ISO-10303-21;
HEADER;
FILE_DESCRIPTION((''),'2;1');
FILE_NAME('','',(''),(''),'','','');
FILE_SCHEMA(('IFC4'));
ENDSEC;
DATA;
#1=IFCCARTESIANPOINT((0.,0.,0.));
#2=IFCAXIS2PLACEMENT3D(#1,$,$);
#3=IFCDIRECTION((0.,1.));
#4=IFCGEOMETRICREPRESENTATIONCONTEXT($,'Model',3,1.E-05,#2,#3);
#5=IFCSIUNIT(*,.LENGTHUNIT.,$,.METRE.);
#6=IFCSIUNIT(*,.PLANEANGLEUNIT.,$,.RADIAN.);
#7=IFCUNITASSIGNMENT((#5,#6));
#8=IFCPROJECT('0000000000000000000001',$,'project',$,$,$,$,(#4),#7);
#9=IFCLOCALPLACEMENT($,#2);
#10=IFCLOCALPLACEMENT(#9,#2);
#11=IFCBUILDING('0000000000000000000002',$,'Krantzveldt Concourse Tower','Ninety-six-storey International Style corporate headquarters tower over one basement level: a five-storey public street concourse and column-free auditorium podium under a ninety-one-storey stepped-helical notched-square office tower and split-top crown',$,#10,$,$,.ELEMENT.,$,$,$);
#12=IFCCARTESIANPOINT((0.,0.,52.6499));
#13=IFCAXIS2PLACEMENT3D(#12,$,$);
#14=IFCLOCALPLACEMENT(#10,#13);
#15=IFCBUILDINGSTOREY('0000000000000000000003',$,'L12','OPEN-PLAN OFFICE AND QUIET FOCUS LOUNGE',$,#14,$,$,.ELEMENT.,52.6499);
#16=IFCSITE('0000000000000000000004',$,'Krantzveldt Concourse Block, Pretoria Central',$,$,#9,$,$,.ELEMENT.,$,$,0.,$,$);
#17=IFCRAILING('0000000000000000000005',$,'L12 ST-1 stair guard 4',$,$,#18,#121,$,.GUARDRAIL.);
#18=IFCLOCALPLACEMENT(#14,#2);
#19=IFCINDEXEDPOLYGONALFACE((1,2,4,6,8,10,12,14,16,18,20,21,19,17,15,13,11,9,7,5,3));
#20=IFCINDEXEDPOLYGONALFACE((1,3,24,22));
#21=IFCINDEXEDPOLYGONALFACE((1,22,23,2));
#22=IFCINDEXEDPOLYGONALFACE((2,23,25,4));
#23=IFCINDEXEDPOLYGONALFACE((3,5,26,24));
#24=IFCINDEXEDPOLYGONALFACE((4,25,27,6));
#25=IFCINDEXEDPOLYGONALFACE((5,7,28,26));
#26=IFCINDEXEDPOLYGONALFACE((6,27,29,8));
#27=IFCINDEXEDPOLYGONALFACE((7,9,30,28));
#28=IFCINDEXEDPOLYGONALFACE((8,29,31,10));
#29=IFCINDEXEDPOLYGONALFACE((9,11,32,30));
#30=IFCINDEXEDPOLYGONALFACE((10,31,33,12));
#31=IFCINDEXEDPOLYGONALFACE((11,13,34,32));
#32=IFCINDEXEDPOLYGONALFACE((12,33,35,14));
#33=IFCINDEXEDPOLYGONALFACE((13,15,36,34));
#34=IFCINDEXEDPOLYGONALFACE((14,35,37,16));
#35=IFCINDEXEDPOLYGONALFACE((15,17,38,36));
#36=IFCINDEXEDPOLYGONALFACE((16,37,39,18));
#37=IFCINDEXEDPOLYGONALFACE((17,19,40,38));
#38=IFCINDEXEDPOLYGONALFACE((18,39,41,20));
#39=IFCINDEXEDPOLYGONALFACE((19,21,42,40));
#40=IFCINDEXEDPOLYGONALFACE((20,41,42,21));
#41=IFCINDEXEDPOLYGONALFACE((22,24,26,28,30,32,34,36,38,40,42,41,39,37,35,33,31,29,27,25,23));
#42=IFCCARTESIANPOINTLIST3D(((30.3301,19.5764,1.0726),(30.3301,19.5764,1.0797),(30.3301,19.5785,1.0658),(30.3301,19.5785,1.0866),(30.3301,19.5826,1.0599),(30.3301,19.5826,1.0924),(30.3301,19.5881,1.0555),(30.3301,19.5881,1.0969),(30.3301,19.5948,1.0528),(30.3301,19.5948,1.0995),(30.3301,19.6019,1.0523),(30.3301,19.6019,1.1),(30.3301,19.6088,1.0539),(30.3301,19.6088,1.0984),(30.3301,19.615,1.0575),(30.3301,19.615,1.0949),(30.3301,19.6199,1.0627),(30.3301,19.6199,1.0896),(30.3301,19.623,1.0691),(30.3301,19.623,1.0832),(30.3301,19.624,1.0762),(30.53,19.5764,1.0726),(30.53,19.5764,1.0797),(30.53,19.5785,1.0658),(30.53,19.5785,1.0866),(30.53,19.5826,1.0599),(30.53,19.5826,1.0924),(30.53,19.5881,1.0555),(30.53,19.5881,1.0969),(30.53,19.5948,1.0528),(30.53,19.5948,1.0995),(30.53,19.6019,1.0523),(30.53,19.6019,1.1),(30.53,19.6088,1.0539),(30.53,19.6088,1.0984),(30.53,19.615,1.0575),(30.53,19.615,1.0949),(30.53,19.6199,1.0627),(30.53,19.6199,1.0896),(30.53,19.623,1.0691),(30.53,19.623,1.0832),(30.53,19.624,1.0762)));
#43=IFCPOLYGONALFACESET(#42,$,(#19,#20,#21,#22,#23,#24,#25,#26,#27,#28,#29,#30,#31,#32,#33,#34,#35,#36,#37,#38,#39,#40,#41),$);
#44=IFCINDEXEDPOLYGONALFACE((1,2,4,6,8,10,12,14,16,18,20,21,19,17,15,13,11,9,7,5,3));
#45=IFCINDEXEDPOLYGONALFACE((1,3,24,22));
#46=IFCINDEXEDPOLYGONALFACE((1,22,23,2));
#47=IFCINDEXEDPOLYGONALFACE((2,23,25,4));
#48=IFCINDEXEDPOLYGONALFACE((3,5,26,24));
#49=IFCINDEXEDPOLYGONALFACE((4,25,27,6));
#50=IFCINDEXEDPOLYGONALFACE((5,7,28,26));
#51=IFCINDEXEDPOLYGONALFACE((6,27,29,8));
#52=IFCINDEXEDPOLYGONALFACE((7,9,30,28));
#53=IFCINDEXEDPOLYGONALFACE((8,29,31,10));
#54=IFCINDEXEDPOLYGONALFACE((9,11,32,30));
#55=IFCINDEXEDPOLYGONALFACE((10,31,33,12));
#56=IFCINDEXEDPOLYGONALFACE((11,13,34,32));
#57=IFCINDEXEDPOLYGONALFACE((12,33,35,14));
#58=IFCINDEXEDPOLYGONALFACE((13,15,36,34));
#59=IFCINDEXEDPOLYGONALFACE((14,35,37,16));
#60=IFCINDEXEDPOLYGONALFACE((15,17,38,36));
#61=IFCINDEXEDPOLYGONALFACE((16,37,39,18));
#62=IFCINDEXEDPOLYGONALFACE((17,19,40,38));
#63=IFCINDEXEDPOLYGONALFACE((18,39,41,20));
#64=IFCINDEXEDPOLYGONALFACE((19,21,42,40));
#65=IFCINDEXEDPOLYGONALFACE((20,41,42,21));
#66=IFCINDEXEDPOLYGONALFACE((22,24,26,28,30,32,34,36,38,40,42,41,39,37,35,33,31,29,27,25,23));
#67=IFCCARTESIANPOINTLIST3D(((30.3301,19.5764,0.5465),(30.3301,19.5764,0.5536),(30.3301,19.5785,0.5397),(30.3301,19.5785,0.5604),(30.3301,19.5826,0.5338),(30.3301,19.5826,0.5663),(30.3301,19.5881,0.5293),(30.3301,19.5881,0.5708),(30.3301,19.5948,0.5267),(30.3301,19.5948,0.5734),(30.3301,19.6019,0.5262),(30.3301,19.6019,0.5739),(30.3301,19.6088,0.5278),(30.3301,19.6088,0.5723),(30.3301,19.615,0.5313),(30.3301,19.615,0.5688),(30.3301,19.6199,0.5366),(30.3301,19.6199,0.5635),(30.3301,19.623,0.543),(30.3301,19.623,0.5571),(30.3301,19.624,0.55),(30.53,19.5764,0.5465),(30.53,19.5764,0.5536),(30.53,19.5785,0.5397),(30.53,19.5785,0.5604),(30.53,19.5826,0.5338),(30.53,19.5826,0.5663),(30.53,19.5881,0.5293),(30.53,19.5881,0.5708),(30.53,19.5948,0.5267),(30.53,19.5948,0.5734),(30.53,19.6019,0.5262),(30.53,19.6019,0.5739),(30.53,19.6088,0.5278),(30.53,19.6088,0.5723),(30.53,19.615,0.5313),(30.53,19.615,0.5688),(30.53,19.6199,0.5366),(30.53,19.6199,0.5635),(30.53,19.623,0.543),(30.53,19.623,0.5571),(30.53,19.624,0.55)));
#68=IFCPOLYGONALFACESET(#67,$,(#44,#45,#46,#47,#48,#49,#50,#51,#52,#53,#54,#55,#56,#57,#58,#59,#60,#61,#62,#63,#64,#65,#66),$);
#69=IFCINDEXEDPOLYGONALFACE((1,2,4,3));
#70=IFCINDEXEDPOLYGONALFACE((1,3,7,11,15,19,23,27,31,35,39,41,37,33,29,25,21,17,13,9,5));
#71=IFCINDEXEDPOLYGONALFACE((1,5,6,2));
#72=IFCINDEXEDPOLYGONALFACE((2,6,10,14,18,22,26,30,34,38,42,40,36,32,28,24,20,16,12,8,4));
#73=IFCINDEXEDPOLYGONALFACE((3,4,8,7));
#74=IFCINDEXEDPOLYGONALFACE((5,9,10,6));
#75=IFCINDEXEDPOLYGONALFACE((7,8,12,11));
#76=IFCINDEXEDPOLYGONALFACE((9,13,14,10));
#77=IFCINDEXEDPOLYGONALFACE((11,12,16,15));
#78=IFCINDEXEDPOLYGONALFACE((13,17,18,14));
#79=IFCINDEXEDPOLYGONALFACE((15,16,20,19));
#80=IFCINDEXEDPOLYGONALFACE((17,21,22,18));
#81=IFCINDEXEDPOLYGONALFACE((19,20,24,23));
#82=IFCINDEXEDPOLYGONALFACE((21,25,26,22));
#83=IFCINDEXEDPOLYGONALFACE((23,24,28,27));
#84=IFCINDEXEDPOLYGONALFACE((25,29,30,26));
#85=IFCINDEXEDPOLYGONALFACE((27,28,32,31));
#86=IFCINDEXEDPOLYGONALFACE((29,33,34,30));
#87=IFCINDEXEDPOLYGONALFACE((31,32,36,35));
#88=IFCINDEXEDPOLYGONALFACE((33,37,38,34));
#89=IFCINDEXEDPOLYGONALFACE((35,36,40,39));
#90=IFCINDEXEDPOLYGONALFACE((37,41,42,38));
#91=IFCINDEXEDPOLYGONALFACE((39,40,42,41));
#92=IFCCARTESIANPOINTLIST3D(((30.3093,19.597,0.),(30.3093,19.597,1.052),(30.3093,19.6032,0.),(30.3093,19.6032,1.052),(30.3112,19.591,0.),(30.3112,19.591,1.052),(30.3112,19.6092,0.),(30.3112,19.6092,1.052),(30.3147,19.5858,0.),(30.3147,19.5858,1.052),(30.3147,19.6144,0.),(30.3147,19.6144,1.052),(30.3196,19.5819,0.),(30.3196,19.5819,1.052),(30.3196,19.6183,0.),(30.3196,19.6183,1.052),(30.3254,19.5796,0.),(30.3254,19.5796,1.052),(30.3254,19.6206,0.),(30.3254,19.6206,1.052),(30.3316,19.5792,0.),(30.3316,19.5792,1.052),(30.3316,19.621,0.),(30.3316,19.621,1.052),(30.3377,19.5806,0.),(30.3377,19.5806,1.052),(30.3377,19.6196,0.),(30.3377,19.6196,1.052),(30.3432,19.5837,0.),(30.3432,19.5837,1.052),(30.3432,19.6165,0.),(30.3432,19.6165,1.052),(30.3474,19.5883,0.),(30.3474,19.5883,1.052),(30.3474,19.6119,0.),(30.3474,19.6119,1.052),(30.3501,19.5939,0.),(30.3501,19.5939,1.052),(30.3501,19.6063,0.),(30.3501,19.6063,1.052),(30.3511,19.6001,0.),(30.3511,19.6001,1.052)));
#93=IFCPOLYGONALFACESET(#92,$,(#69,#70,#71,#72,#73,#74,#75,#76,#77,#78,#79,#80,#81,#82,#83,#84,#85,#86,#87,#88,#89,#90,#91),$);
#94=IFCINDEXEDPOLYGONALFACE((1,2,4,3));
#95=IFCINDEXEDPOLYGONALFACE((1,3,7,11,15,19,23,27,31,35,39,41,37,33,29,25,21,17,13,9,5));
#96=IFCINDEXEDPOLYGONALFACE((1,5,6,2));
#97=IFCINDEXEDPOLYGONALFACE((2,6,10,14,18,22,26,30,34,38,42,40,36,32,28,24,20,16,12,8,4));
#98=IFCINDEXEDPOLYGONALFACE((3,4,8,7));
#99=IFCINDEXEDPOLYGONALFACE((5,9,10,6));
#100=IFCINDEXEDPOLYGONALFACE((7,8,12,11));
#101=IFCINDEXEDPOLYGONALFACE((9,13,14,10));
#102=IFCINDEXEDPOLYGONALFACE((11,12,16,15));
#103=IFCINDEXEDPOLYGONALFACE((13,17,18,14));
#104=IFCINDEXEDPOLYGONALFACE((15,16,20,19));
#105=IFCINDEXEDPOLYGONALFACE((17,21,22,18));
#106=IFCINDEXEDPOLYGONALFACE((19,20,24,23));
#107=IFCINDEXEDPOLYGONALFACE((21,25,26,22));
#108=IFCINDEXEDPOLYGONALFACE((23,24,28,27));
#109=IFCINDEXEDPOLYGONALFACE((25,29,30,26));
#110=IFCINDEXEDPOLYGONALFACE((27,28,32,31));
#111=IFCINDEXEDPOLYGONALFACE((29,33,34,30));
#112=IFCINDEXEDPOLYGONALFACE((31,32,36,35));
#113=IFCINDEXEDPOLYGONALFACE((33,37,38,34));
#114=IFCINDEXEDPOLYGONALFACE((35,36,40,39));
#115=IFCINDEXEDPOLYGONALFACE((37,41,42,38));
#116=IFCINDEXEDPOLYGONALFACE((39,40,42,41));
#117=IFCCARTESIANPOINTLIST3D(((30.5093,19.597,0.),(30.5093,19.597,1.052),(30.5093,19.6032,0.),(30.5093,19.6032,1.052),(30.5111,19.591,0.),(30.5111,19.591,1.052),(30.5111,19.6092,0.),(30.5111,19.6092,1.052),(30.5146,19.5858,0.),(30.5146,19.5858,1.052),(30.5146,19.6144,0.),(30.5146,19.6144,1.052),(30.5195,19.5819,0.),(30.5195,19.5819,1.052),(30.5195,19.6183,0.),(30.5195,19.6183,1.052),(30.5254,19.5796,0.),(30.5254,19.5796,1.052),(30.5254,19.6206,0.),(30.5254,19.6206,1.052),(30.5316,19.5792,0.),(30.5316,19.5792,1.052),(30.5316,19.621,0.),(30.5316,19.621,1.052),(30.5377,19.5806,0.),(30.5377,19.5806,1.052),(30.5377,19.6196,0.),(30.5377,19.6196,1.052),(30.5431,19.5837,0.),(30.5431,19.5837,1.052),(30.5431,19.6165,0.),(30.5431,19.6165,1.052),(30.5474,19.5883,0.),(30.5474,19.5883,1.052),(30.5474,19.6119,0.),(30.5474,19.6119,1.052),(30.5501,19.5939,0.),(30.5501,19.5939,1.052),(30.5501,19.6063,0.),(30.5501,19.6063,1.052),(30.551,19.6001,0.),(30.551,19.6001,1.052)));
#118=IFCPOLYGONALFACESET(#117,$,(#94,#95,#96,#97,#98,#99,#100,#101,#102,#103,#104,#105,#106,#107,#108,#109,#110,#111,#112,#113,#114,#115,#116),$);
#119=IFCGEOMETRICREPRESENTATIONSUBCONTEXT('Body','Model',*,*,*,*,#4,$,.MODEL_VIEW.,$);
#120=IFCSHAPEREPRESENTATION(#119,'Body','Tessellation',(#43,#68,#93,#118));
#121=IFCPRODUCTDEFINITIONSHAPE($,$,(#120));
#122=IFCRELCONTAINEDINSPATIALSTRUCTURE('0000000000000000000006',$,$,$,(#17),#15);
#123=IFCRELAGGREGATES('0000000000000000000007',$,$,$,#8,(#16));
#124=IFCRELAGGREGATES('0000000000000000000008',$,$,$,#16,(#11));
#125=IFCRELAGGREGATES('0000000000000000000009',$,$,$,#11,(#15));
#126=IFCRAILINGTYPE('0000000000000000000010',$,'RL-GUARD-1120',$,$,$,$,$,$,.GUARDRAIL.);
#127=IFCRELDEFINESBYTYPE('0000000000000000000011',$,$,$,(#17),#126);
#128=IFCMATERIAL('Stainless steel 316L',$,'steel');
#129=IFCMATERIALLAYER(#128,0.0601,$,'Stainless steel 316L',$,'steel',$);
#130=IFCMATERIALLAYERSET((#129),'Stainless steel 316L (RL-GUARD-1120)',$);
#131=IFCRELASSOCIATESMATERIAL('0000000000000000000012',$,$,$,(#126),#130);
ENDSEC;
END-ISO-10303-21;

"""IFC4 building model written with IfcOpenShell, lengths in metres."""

from ifc_helpers import new_model, si_unit, direction, frame, origin, origin_2d, place, context, subcontext, project, spatial, circle, extrude, material, layer, layer_set, type_object, element, save


model = new_model("IFC4")

# Units and contexts
model_context = context("Model", 3, precision=1e-05, world=origin(), true_north=direction((0.0, 1.0)))
body_context = subcontext(model_context, "Body", "Model", "MODEL_VIEW")
ifc_project = project(units=[si_unit("LENGTHUNIT", "METRE"), si_unit("PLANEANGLEUNIT", "RADIAN")], contexts=[model_context])

# Site, building, storey
site_placement = place(None, origin())
site = spatial("IfcSite", under=ifc_project, at=site_placement, Name="Krantzveldt Concourse Block, Pretoria Central", CompositionType="ELEMENT", RefElevation=0.0)
building_placement = place(site_placement, origin())
building = spatial("IfcBuilding", under=site, at=building_placement, Name="Krantzveldt Concourse Tower", Description="Ninety-six-storey International Style corporate headquarters tower over one basement level: a five-storey public street concourse and column-free auditorium podium under a ninety-one-storey stepped-helical notched-square office tower and split-top crown", CompositionType="ELEMENT")
storey_placement = place(building_placement, frame((0.0, 0.0, 52.6499)))
storey = spatial("IfcBuildingStorey", under=building, at=storey_placement, Name="L12", Description="OPEN-PLAN OFFICE AND QUIET FOCUS LOUNGE", CompositionType="ELEMENT", Elevation=52.6499)

# Railing
ifc_material_1 = material(Name="Stainless steel 316L", Category="steel")
ifc_layer_1 = layer(ifc_material_1, 0.0601, Name="Stainless steel 316L", Category="steel")
ifc_layer_set_1 = layer_set([ifc_layer_1], Name="Stainless steel 316L (RL-GUARD-1120)")
railing_type_1 = type_object("IfcRailingType", Name="RL-GUARD-1120", PredefinedType="GUARDRAIL", material=ifc_layer_set_1)
railing_1_placement = place(storey_placement, frame((30.3301, 19.6001, 0.0)))
element("IfcRailing", 1, at=railing_1_placement, inside=storey, type_object=railing_type_1, Name="L12 ST-1 stair guard 4", PredefinedType="GUARDRAIL", context=body_context, shape_type="SweptSolid", body=[
    extrude(circle(Radius=0.0239, at=origin_2d()), frame((0.0, 0.0, 1.0762), z_axis=(1.0, 0.0, 0.0), x_axis=(0.0, 1.0, 0.0)), (0.0, 0.0, 1.0), 0.2),
    extrude(circle(Radius=0.0239, at=origin_2d()), frame((0.0, 0.0, 0.55), z_axis=(1.0, 0.0, 0.0), x_axis=(0.0, 1.0, 0.0)), (0.0, 0.0, 1.0), 0.2),
    extrude(circle(Radius=0.021, at=origin_2d()), origin(), (0.0, 0.0, 1.0), 1.052),
    extrude(circle(Radius=0.021, at=origin_2d()), frame((0.2, 0.0, 0.0)), (0.0, 0.0, 1.0), 1.052),
])

save(model, "model.ifc")
